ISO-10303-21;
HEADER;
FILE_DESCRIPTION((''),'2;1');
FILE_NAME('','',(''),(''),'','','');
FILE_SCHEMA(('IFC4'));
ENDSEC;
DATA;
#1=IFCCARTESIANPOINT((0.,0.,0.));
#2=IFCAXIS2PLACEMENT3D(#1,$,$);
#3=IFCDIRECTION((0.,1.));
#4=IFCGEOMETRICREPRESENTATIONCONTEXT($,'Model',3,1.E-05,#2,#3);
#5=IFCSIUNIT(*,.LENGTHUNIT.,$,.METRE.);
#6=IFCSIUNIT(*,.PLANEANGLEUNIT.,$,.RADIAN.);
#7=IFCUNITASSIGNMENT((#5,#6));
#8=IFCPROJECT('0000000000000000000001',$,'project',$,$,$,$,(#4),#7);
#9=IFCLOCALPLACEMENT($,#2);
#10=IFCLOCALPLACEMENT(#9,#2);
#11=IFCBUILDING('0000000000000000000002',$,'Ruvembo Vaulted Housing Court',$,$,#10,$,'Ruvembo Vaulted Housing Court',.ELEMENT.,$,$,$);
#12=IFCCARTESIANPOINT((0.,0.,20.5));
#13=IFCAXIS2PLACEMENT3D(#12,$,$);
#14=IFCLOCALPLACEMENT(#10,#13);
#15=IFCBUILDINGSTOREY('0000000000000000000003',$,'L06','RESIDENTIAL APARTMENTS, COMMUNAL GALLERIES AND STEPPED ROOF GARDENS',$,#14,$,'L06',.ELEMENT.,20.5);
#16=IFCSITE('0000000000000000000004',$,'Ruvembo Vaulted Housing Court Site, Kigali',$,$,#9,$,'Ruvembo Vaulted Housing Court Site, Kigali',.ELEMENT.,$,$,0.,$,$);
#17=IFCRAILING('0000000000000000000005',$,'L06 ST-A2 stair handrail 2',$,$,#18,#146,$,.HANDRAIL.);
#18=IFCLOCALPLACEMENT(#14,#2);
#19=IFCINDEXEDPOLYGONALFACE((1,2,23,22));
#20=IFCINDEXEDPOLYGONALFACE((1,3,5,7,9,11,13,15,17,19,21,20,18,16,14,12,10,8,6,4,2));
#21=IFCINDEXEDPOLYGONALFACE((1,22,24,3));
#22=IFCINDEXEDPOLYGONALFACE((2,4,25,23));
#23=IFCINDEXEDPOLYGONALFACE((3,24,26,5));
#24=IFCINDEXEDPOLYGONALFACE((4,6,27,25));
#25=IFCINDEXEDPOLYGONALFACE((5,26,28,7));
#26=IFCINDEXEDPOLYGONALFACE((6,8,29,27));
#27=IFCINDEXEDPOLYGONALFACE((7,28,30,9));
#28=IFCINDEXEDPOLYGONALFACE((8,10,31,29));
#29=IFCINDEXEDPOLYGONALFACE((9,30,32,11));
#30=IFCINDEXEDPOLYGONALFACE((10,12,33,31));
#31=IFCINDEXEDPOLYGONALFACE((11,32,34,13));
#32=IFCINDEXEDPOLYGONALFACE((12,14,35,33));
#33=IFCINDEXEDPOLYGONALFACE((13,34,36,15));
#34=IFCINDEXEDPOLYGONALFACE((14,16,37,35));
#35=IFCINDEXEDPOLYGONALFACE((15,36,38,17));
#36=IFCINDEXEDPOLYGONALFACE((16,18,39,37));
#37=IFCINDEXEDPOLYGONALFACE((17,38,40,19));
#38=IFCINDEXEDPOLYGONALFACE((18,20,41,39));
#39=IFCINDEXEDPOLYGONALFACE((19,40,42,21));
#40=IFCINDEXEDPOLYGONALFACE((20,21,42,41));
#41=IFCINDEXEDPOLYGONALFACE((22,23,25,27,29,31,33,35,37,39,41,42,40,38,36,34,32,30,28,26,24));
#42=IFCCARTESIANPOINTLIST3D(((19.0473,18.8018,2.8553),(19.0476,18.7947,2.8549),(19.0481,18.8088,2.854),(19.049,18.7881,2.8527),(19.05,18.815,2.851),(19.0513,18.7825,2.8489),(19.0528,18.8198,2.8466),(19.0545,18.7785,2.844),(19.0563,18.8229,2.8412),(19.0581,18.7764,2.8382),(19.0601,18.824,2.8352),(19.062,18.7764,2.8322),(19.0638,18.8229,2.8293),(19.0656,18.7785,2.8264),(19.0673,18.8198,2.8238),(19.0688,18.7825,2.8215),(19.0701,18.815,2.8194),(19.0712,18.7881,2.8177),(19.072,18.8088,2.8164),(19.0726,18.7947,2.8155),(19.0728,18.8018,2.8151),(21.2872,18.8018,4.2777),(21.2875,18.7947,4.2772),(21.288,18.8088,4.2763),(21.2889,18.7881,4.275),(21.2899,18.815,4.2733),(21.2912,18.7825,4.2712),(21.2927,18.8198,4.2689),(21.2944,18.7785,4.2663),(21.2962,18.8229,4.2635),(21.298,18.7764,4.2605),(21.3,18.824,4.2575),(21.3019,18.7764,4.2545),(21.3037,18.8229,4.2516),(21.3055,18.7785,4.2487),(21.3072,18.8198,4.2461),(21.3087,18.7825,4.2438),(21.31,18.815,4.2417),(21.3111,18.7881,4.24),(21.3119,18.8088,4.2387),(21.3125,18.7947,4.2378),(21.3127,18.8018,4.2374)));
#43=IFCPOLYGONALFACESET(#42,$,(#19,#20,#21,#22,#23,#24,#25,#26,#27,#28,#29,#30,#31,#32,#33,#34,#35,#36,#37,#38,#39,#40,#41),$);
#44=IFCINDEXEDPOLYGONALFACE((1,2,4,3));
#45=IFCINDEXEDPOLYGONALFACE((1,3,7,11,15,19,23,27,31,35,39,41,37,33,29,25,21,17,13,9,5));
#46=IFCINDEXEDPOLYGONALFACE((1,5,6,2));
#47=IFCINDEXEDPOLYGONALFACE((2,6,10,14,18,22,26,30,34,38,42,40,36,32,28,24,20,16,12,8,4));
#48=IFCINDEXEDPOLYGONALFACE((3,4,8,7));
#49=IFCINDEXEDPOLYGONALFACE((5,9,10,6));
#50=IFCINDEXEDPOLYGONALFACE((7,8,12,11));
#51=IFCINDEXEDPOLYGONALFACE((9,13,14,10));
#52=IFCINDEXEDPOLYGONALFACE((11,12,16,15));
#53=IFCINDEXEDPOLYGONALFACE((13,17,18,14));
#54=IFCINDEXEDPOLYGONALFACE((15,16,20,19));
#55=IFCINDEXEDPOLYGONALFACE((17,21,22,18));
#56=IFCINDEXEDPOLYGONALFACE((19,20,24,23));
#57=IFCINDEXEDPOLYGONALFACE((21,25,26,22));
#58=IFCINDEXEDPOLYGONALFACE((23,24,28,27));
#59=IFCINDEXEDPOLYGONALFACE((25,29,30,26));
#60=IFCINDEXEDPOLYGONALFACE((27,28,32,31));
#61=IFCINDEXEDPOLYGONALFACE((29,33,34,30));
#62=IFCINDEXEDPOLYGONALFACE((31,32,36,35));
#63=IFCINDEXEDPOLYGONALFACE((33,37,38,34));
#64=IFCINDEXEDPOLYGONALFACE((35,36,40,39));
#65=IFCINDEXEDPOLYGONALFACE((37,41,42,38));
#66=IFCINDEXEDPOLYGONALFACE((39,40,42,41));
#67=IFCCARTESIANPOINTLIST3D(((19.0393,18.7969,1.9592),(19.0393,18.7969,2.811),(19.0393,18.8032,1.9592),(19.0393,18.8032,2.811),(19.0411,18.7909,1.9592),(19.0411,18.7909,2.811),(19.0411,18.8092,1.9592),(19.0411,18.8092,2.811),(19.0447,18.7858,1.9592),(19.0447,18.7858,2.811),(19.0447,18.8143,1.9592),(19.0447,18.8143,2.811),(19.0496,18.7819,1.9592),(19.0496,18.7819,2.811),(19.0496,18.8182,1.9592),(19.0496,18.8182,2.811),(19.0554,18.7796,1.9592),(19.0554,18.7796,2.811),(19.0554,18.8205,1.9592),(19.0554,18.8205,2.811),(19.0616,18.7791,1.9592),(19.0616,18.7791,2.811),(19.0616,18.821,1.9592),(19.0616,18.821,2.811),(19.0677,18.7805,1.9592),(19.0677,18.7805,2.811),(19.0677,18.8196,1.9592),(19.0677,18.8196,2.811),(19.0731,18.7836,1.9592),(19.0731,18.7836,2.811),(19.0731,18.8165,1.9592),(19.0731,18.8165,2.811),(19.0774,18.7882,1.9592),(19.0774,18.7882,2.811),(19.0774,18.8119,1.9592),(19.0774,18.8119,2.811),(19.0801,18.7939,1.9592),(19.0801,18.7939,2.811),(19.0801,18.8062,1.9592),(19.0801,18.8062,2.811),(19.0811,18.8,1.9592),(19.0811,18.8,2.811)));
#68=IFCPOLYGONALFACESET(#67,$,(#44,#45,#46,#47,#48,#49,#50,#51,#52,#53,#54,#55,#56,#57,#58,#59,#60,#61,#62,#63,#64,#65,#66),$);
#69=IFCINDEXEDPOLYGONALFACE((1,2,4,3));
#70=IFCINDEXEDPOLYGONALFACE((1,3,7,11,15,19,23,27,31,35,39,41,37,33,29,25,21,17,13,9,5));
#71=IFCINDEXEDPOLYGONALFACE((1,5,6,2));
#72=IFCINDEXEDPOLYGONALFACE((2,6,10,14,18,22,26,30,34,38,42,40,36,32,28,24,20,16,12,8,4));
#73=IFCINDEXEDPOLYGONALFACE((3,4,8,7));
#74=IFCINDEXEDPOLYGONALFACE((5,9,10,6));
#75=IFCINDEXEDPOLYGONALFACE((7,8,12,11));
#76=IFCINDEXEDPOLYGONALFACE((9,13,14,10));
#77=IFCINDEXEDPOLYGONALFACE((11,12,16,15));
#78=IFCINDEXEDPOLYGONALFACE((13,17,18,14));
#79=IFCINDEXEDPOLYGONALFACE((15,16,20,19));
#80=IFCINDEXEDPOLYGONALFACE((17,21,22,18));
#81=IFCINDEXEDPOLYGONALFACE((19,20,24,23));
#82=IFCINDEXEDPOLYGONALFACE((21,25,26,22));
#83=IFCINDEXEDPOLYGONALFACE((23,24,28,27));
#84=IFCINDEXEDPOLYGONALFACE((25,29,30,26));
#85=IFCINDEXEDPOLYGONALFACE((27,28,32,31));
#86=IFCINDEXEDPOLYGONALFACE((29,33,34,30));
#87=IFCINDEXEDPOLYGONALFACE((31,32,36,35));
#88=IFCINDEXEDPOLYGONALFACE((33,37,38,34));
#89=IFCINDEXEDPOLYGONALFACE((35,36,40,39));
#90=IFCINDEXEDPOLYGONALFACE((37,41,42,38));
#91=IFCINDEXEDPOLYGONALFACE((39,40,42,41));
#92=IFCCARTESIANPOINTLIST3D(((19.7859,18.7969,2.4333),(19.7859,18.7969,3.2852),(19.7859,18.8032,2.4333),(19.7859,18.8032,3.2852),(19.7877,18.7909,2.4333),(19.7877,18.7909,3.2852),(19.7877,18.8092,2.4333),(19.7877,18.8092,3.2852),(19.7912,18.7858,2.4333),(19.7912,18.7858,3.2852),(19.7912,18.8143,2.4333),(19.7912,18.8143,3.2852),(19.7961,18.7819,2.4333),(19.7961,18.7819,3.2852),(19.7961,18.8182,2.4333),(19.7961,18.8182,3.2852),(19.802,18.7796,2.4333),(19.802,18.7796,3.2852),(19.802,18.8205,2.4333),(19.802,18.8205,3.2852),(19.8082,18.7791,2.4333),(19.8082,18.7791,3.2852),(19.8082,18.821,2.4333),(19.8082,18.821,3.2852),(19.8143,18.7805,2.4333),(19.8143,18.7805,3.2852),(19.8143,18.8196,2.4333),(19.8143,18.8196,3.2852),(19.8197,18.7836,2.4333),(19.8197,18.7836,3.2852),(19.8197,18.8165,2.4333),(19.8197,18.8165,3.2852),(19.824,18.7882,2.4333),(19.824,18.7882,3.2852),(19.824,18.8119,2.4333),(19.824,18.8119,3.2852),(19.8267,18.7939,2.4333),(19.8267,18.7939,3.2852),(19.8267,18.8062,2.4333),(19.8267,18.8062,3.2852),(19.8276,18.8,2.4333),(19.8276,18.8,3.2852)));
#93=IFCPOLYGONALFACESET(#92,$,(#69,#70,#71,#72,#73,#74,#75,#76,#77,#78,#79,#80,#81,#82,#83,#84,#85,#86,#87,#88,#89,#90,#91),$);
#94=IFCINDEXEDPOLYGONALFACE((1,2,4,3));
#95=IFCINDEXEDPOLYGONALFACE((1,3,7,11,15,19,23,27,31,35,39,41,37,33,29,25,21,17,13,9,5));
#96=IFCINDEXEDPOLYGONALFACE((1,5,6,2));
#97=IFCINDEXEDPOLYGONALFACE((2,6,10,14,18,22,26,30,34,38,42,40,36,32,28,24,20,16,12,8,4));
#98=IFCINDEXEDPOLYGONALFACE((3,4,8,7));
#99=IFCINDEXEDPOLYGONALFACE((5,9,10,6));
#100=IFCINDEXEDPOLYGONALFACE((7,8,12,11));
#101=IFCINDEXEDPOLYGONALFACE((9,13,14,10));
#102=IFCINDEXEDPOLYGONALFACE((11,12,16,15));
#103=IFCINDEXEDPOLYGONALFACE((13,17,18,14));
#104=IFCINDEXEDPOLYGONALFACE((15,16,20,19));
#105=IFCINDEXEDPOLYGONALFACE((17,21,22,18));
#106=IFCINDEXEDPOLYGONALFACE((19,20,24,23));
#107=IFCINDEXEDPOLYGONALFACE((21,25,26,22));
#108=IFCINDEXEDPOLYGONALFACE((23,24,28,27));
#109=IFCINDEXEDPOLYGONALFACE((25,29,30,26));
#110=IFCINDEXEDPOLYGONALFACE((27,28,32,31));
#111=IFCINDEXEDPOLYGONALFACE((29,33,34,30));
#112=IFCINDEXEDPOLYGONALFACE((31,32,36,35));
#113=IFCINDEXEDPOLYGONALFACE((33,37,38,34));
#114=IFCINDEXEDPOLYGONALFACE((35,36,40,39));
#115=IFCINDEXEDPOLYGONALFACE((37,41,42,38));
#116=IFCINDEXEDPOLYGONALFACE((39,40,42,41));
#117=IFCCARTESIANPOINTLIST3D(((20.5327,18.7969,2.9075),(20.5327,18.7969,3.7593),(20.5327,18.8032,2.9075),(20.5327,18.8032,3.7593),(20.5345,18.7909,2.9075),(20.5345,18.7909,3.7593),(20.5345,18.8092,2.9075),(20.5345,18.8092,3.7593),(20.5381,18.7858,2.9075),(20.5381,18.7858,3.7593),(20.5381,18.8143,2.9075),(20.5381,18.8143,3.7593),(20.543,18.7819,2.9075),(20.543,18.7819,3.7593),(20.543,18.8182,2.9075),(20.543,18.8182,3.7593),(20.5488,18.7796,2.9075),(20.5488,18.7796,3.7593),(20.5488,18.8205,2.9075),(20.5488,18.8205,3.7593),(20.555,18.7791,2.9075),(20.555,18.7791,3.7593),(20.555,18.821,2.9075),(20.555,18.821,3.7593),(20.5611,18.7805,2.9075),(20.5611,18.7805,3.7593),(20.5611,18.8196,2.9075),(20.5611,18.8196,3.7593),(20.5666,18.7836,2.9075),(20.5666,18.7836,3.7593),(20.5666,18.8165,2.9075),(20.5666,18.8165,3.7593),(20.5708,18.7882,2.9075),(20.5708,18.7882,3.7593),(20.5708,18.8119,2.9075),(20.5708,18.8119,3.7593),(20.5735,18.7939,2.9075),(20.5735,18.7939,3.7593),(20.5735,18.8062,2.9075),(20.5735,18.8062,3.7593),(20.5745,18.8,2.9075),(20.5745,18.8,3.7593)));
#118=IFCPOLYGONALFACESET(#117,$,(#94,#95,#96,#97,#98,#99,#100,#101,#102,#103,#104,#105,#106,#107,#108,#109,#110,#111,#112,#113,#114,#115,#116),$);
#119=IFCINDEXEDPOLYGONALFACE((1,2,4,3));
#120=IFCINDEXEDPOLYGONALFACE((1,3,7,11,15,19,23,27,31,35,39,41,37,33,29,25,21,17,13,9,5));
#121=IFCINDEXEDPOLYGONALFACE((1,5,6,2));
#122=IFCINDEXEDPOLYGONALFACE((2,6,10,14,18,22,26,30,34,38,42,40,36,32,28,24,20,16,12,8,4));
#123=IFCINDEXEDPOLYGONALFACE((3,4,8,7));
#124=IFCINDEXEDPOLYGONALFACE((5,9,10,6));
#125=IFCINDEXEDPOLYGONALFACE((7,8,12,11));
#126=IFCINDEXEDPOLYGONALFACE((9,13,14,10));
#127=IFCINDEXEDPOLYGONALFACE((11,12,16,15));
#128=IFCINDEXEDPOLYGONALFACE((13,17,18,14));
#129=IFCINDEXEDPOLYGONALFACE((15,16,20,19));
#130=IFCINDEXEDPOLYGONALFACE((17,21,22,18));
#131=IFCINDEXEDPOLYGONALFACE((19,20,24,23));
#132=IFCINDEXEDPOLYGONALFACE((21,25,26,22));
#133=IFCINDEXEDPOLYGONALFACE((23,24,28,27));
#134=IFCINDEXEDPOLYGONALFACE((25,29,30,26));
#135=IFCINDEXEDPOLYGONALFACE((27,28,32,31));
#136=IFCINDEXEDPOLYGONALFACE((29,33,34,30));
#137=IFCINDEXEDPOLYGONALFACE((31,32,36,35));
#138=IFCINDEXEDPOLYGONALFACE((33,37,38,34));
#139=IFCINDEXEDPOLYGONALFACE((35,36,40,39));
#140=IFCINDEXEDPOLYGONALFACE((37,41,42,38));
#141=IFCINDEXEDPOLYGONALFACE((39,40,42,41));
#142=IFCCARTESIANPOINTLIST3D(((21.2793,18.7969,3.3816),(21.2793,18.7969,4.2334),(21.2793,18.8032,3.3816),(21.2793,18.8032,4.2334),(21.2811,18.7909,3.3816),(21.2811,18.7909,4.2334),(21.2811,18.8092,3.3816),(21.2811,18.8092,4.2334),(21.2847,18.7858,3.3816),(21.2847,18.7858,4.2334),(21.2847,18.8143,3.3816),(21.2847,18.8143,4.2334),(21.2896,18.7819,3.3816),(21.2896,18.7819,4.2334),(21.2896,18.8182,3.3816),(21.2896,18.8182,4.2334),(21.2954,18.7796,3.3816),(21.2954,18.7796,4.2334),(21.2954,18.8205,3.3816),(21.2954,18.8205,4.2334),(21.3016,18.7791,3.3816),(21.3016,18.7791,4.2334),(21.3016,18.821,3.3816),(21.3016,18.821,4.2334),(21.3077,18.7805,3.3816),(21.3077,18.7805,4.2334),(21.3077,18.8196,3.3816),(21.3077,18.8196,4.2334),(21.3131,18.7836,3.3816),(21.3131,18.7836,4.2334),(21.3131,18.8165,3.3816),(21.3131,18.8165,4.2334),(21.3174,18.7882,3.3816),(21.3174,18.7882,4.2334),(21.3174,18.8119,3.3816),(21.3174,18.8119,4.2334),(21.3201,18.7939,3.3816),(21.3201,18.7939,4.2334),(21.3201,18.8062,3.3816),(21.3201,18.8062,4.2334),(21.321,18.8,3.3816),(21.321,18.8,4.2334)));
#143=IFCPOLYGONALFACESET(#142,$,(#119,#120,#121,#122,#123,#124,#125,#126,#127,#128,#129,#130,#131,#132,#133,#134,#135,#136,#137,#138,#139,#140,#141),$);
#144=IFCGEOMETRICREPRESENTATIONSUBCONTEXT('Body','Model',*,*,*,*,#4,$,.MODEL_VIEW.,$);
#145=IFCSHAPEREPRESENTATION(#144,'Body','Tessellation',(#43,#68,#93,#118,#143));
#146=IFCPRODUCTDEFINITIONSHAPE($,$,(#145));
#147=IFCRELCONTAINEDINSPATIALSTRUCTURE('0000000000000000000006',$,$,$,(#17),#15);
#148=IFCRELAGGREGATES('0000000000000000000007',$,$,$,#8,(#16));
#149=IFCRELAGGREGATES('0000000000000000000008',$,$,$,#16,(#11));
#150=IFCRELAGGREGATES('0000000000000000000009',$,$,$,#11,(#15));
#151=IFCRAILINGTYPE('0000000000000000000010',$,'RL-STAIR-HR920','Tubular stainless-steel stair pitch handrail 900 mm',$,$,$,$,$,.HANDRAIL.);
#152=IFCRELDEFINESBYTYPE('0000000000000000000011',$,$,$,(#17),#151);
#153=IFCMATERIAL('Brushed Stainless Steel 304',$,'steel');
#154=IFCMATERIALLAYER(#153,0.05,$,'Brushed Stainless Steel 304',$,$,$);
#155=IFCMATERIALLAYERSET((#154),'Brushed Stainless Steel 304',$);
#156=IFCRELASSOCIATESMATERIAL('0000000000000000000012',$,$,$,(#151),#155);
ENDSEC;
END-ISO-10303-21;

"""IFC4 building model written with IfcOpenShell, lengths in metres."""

from ifc_helpers import new_model, si_unit, direction, frame, origin, origin_2d, place, context, subcontext, project, spatial, circle, extrude, material, layer, layer_set, type_object, element, save


model = new_model("IFC4")

# Units and contexts
model_context = context("Model", 3, precision=1e-05, world=origin(), true_north=direction((0.0, 1.0)))
body_context = subcontext(model_context, "Body", "Model", "MODEL_VIEW")
ifc_project = project(units=[si_unit("LENGTHUNIT", "METRE"), si_unit("PLANEANGLEUNIT", "RADIAN")], contexts=[model_context])

# Site, building, storey
site_placement = place(None, origin())
site = spatial("IfcSite", under=ifc_project, at=site_placement, Name="Ruvembo Vaulted Housing Court Site, Kigali", LongName="Ruvembo Vaulted Housing Court Site, Kigali", CompositionType="ELEMENT", RefElevation=0.0)
building_placement = place(site_placement, origin())
building = spatial("IfcBuilding", under=site, at=building_placement, Name="Ruvembo Vaulted Housing Court", LongName="Ruvembo Vaulted Housing Court", CompositionType="ELEMENT")
storey_placement = place(building_placement, frame((0.0, 0.0, 20.5)))
storey = spatial("IfcBuildingStorey", under=building, at=storey_placement, Name="L06", Description="RESIDENTIAL APARTMENTS, COMMUNAL GALLERIES AND STEPPED ROOF GARDENS", LongName="L06", CompositionType="ELEMENT", Elevation=20.5)

# Railing
ifc_material_1 = material(Name="Brushed Stainless Steel 304", Category="steel")
ifc_layer_1 = layer(ifc_material_1, 0.05, Name="Brushed Stainless Steel 304")
ifc_layer_set_1 = layer_set([ifc_layer_1], Name="Brushed Stainless Steel 304")
railing_type_1 = type_object("IfcRailingType", Name="RL-STAIR-HR920", Description="Tubular stainless-steel stair pitch handrail 900 mm", PredefinedType="HANDRAIL", material=ifc_layer_set_1)
railing_1_placement = place(storey_placement, frame((19.0601, 18.8, 1.9592)))
element("IfcRailing", 1, at=railing_1_placement, inside=storey, type_object=railing_type_1, Name="L06 ST-A2 stair handrail 2", PredefinedType="HANDRAIL", context=body_context, shape_type="SweptSolid", body=[
    extrude(circle(Radius=0.0239, at=origin_2d()), frame((0.0, 0.0, 0.876), z_axis=(0.844188, 0.0, 0.536048), x_axis=(0.0, 1.0, 0.0)), (0.0, 0.0, 1.0), 2.6533),
    extrude(circle(Radius=0.021, at=origin_2d()), origin(), (0.0, 0.0, 1.0), 0.8518),
    extrude(circle(Radius=0.021, at=origin_2d()), frame((0.7466, 0.0, 0.4741)), (0.0, 0.0, 1.0), 0.8518),
    extrude(circle(Radius=0.021, at=origin_2d()), frame((1.4934, 0.0, 0.9482)), (0.0, 0.0, 1.0), 0.8518),
    extrude(circle(Radius=0.021, at=origin_2d()), frame((2.24, 0.0, 1.4224)), (0.0, 0.0, 1.0), 0.8518),
])

save(model, "model.ifc")
